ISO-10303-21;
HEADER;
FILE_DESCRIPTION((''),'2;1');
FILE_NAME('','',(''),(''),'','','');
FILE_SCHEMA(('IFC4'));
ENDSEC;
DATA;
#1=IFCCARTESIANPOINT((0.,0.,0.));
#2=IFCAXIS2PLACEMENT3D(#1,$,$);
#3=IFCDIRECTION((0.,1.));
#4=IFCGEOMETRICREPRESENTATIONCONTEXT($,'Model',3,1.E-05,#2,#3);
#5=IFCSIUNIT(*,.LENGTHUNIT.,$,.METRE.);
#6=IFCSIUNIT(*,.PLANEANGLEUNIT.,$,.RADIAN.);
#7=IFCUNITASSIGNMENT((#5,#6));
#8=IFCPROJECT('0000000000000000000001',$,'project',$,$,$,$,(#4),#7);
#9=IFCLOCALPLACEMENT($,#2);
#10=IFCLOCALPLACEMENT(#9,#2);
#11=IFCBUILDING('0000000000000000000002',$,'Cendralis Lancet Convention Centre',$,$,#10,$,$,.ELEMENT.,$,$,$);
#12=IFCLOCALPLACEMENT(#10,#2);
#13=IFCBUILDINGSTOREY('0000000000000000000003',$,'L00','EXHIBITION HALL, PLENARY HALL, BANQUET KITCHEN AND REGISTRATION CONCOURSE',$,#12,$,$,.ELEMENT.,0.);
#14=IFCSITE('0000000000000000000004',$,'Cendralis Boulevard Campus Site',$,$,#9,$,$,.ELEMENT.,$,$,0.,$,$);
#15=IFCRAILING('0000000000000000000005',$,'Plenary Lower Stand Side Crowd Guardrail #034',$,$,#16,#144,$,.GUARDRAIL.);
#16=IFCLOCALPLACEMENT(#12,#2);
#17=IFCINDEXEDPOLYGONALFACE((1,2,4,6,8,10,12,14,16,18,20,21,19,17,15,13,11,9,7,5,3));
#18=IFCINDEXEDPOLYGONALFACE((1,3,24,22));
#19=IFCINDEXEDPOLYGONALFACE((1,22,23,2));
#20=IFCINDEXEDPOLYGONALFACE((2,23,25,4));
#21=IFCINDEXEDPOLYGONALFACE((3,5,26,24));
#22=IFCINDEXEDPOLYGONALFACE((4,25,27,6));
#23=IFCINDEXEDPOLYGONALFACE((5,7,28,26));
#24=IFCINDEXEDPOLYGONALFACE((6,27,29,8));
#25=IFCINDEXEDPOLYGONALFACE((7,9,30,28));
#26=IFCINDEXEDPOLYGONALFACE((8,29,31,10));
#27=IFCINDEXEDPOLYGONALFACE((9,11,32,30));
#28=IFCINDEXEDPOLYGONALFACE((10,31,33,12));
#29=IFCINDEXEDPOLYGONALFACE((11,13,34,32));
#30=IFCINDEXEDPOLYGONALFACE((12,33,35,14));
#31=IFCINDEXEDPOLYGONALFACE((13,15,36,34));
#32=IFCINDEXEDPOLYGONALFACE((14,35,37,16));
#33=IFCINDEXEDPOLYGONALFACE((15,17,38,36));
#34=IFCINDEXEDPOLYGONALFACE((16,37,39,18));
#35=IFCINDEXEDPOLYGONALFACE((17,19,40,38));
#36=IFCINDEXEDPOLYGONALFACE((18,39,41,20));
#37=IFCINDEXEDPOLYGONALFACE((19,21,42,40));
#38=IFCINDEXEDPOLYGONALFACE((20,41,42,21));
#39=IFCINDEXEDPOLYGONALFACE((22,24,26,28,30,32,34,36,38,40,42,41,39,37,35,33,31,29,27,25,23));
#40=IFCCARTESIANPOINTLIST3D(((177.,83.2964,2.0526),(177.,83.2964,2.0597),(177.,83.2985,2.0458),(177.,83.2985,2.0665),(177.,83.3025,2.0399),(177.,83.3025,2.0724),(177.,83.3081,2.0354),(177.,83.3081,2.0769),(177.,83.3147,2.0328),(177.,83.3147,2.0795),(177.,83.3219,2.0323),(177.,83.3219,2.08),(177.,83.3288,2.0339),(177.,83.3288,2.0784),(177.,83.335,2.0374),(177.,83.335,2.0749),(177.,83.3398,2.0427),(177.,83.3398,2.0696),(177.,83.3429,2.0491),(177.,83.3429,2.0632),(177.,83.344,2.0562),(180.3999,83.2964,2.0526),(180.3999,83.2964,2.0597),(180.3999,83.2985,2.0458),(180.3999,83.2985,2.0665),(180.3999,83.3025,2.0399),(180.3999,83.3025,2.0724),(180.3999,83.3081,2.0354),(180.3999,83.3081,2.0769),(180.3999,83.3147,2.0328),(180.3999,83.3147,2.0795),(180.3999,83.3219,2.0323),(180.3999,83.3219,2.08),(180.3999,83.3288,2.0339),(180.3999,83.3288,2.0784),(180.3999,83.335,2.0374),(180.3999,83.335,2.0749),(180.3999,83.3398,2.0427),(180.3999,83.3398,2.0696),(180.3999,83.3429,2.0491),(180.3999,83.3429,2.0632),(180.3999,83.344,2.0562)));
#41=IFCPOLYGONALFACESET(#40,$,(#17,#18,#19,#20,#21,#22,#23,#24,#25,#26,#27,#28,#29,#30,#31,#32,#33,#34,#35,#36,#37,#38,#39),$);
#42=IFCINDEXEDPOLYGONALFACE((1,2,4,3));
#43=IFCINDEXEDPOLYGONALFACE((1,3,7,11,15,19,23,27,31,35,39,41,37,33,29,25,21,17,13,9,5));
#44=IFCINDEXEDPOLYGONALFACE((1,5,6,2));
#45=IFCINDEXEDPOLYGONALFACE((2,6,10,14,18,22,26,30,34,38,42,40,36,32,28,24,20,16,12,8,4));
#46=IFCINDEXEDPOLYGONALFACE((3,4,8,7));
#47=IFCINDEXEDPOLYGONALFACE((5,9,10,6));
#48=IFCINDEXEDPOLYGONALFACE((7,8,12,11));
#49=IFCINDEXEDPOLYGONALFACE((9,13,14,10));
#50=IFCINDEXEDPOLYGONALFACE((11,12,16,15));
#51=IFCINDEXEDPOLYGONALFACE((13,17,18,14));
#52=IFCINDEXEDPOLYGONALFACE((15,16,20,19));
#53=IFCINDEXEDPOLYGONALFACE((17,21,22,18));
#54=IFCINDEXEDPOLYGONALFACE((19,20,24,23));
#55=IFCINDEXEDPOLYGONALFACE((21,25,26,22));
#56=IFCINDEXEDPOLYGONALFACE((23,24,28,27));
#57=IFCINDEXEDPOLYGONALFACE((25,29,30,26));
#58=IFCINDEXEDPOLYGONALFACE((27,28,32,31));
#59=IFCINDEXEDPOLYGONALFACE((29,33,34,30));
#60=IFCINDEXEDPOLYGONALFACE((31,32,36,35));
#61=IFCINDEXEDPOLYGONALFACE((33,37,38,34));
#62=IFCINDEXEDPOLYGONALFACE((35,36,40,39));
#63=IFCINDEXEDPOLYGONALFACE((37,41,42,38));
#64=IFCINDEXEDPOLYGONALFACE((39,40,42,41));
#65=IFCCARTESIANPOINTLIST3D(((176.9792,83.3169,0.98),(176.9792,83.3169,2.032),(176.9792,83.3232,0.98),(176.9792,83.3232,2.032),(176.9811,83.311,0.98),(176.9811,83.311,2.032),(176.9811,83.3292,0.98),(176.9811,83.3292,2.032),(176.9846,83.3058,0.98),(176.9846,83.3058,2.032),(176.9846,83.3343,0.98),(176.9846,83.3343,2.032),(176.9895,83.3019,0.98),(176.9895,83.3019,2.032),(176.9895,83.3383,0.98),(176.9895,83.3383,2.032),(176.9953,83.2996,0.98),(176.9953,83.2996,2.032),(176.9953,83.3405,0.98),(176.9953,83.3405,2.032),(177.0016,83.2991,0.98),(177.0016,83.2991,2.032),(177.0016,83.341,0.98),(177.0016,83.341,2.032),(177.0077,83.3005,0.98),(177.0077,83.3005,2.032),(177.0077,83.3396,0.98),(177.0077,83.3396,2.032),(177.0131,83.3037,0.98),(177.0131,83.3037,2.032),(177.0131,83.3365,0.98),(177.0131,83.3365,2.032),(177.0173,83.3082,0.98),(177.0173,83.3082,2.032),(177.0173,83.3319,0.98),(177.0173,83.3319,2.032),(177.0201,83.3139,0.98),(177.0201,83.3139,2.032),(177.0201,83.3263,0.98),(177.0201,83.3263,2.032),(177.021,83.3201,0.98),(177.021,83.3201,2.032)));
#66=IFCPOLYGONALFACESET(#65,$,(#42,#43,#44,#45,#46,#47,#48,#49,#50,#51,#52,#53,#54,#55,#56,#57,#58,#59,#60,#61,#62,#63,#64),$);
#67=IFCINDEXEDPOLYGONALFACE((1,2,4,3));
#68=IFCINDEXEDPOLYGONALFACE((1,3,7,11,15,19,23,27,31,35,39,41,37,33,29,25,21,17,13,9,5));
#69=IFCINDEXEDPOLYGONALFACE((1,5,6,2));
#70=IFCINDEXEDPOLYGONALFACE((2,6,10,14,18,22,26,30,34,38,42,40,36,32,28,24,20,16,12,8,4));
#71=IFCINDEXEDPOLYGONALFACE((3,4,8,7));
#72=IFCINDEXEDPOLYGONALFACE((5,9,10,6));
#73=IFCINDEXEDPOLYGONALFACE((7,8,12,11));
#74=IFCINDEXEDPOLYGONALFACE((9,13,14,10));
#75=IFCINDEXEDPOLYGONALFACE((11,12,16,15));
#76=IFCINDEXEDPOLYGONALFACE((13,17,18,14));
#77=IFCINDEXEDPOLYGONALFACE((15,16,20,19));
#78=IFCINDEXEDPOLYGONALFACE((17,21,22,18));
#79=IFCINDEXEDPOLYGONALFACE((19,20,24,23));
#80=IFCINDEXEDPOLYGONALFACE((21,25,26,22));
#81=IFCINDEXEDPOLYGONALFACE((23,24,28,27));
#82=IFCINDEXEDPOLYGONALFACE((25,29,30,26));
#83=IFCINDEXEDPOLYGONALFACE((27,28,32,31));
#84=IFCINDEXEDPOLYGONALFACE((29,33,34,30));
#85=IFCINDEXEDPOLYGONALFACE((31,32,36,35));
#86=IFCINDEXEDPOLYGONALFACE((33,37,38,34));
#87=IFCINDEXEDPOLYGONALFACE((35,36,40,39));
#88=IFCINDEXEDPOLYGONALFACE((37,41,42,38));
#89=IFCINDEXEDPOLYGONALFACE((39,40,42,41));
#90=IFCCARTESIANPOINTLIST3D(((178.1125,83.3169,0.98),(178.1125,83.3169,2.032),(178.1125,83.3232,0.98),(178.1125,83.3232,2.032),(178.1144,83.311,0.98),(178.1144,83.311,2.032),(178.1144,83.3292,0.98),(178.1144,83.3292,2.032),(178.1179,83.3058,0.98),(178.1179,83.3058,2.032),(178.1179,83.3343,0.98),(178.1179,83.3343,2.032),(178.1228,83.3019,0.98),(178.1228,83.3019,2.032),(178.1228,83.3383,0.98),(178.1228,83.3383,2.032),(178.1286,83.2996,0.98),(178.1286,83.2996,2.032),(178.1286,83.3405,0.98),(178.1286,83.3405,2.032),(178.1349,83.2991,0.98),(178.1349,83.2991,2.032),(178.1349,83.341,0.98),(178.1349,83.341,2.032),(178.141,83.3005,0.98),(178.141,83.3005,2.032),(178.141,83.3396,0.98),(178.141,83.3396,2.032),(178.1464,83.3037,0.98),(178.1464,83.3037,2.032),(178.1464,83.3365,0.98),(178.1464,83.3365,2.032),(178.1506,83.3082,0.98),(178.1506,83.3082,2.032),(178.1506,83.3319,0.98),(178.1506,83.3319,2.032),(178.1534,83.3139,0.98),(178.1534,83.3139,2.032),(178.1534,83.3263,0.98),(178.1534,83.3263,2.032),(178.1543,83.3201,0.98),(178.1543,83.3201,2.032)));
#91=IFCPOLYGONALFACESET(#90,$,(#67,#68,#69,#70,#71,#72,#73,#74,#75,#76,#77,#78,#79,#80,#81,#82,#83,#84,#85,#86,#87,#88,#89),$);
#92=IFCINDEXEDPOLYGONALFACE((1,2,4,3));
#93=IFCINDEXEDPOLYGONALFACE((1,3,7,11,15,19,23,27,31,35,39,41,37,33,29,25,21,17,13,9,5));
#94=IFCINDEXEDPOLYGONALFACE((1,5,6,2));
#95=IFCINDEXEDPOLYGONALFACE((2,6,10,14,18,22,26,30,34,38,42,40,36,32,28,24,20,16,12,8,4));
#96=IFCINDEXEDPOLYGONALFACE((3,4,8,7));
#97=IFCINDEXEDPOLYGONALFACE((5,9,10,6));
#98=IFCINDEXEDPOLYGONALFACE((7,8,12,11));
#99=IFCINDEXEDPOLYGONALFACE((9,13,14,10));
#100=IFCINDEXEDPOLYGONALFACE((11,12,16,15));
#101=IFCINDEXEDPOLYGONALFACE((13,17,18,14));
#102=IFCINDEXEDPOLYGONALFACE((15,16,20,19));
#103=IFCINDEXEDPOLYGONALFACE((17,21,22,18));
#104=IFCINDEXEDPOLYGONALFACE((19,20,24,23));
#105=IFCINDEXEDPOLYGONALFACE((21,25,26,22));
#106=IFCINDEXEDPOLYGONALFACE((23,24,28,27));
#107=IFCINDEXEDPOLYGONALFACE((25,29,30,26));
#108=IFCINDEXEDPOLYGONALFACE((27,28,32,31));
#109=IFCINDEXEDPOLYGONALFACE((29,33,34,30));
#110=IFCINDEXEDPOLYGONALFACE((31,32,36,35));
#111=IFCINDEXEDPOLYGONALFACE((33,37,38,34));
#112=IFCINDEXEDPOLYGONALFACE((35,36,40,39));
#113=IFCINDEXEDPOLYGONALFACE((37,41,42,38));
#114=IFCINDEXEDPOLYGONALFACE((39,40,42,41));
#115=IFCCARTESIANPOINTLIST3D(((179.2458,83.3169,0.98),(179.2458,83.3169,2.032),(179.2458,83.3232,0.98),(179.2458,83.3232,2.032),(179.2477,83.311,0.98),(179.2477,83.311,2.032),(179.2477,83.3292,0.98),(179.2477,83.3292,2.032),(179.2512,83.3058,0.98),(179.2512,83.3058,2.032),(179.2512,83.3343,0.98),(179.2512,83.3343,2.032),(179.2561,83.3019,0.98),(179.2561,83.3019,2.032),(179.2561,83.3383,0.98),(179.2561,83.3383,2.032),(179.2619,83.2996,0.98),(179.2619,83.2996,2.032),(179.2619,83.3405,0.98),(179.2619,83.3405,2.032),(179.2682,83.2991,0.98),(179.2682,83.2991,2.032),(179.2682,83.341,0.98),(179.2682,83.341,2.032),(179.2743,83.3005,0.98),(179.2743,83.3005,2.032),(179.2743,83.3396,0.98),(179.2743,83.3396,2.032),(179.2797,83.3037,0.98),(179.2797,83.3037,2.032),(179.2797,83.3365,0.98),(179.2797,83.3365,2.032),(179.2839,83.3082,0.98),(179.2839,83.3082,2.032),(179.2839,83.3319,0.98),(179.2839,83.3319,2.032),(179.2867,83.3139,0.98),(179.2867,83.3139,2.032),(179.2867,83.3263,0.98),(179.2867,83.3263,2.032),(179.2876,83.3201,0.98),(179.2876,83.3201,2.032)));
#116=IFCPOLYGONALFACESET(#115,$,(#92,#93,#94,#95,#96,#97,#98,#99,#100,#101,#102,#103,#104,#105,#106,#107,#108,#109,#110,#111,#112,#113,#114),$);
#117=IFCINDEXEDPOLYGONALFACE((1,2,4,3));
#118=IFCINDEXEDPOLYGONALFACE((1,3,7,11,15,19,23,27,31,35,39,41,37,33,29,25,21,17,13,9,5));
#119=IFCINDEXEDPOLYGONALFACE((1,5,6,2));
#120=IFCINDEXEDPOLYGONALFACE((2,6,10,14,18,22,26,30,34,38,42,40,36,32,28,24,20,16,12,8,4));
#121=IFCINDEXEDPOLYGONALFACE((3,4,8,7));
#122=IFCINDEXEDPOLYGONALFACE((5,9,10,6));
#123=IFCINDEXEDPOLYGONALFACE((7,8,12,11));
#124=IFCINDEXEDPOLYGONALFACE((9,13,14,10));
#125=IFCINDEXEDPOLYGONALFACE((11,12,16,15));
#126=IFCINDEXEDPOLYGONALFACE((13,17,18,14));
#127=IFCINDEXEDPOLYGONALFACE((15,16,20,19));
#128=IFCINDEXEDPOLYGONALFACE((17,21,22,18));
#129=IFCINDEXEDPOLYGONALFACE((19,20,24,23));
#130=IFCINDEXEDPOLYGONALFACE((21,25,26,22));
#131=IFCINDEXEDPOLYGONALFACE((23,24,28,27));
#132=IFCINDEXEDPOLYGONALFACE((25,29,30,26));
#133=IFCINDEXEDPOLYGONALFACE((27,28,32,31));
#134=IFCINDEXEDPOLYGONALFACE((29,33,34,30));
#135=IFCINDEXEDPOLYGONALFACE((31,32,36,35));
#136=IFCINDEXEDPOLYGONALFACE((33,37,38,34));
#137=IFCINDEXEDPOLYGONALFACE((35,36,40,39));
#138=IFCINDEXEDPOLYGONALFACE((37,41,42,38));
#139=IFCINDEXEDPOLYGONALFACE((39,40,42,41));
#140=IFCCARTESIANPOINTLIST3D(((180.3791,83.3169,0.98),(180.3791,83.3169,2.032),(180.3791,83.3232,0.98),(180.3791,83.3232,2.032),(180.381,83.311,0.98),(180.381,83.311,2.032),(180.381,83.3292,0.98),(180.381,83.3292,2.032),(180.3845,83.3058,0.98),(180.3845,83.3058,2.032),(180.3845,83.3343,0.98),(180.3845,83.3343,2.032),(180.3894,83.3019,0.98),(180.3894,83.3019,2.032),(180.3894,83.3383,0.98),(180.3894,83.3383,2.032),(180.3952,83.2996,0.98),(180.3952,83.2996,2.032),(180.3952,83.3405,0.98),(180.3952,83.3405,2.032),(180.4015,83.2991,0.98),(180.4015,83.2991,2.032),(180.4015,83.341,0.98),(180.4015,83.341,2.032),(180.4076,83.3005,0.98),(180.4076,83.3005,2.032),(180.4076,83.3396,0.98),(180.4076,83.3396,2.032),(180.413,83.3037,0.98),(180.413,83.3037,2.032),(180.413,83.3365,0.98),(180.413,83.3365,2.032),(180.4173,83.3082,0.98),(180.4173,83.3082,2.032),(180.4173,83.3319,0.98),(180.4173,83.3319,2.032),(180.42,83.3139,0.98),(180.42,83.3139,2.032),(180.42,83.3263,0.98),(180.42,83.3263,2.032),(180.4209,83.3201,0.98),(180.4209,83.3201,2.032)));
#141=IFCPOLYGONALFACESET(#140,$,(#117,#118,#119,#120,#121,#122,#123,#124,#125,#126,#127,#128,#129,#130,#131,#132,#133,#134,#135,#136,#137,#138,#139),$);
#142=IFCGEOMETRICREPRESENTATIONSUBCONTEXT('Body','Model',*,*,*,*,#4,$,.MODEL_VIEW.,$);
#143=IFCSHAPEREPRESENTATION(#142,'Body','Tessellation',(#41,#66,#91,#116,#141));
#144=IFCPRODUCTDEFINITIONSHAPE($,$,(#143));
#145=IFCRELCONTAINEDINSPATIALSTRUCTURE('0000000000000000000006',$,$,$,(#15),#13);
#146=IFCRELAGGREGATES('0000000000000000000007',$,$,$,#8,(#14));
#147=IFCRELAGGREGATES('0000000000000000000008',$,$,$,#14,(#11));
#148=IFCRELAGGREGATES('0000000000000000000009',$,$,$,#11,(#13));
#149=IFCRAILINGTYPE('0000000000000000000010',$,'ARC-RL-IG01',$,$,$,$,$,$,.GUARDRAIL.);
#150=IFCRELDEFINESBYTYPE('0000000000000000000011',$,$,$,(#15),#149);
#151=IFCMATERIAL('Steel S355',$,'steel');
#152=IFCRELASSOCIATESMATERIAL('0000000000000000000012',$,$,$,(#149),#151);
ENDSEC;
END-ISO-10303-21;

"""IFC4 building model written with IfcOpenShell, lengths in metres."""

from ifc_helpers import new_model, si_unit, direction, frame, origin, origin_2d, place, context, subcontext, project, spatial, circle, extrude, material, type_object, element, save


model = new_model("IFC4")

# Units and contexts
model_context = context("Model", 3, precision=1e-05, world=origin(), true_north=direction((0.0, 1.0)))
body_context = subcontext(model_context, "Body", "Model", "MODEL_VIEW")
ifc_project = project(units=[si_unit("LENGTHUNIT", "METRE"), si_unit("PLANEANGLEUNIT", "RADIAN")], contexts=[model_context])

# Site, building, storey
site_placement = place(None, origin())
site = spatial("IfcSite", under=ifc_project, at=site_placement, Name="Cendralis Boulevard Campus Site", CompositionType="ELEMENT", RefElevation=0.0)
building_placement = place(site_placement, origin())
building = spatial("IfcBuilding", under=site, at=building_placement, Name="Cendralis Lancet Convention Centre", CompositionType="ELEMENT")
storey_placement = place(building_placement, origin())
storey = spatial("IfcBuildingStorey", under=building, at=storey_placement, Name="L00", Description="EXHIBITION HALL, PLENARY HALL, BANQUET KITCHEN AND REGISTRATION CONCOURSE", CompositionType="ELEMENT", Elevation=0.0)

# Railing
ifc_material_1 = material(Name="Steel S355", Category="steel")
railing_type = type_object("IfcRailingType", Name="ARC-RL-IG01", PredefinedType="GUARDRAIL", material=ifc_material_1)
for number, where, name in (
    (1, (177.0, 83.3201, 0.98), "Plenary Lower Stand Side Crowd Guardrail #034"),
):
    element("IfcRailing", number, at=place(storey_placement, frame(where)), inside=storey, type_object=railing_type, Name=name, PredefinedType="GUARDRAIL", context=body_context, shape_type="SweptSolid", body=[
        extrude(circle(Radius=0.0239, at=origin_2d()), frame((0.0, 0.0, 1.0762), z_axis=(1.0, 0.0, 0.0), x_axis=(0.0, 1.0, 0.0)), (0.0, 0.0, 1.0), 3.3999),
        extrude(circle(Radius=0.021, at=origin_2d()), origin(), (0.0, 0.0, 1.0), 1.052),
        extrude(circle(Radius=0.021, at=origin_2d()), frame((1.1333, 0.0, 0.0)), (0.0, 0.0, 1.0), 1.052),
        extrude(circle(Radius=0.021, at=origin_2d()), frame((2.2666, 0.0, 0.0)), (0.0, 0.0, 1.0), 1.052),
        extrude(circle(Radius=0.021, at=origin_2d()), frame((3.3999, 0.0, 0.0)), (0.0, 0.0, 1.0), 1.052),
    ])

save(model, "model.ifc")
